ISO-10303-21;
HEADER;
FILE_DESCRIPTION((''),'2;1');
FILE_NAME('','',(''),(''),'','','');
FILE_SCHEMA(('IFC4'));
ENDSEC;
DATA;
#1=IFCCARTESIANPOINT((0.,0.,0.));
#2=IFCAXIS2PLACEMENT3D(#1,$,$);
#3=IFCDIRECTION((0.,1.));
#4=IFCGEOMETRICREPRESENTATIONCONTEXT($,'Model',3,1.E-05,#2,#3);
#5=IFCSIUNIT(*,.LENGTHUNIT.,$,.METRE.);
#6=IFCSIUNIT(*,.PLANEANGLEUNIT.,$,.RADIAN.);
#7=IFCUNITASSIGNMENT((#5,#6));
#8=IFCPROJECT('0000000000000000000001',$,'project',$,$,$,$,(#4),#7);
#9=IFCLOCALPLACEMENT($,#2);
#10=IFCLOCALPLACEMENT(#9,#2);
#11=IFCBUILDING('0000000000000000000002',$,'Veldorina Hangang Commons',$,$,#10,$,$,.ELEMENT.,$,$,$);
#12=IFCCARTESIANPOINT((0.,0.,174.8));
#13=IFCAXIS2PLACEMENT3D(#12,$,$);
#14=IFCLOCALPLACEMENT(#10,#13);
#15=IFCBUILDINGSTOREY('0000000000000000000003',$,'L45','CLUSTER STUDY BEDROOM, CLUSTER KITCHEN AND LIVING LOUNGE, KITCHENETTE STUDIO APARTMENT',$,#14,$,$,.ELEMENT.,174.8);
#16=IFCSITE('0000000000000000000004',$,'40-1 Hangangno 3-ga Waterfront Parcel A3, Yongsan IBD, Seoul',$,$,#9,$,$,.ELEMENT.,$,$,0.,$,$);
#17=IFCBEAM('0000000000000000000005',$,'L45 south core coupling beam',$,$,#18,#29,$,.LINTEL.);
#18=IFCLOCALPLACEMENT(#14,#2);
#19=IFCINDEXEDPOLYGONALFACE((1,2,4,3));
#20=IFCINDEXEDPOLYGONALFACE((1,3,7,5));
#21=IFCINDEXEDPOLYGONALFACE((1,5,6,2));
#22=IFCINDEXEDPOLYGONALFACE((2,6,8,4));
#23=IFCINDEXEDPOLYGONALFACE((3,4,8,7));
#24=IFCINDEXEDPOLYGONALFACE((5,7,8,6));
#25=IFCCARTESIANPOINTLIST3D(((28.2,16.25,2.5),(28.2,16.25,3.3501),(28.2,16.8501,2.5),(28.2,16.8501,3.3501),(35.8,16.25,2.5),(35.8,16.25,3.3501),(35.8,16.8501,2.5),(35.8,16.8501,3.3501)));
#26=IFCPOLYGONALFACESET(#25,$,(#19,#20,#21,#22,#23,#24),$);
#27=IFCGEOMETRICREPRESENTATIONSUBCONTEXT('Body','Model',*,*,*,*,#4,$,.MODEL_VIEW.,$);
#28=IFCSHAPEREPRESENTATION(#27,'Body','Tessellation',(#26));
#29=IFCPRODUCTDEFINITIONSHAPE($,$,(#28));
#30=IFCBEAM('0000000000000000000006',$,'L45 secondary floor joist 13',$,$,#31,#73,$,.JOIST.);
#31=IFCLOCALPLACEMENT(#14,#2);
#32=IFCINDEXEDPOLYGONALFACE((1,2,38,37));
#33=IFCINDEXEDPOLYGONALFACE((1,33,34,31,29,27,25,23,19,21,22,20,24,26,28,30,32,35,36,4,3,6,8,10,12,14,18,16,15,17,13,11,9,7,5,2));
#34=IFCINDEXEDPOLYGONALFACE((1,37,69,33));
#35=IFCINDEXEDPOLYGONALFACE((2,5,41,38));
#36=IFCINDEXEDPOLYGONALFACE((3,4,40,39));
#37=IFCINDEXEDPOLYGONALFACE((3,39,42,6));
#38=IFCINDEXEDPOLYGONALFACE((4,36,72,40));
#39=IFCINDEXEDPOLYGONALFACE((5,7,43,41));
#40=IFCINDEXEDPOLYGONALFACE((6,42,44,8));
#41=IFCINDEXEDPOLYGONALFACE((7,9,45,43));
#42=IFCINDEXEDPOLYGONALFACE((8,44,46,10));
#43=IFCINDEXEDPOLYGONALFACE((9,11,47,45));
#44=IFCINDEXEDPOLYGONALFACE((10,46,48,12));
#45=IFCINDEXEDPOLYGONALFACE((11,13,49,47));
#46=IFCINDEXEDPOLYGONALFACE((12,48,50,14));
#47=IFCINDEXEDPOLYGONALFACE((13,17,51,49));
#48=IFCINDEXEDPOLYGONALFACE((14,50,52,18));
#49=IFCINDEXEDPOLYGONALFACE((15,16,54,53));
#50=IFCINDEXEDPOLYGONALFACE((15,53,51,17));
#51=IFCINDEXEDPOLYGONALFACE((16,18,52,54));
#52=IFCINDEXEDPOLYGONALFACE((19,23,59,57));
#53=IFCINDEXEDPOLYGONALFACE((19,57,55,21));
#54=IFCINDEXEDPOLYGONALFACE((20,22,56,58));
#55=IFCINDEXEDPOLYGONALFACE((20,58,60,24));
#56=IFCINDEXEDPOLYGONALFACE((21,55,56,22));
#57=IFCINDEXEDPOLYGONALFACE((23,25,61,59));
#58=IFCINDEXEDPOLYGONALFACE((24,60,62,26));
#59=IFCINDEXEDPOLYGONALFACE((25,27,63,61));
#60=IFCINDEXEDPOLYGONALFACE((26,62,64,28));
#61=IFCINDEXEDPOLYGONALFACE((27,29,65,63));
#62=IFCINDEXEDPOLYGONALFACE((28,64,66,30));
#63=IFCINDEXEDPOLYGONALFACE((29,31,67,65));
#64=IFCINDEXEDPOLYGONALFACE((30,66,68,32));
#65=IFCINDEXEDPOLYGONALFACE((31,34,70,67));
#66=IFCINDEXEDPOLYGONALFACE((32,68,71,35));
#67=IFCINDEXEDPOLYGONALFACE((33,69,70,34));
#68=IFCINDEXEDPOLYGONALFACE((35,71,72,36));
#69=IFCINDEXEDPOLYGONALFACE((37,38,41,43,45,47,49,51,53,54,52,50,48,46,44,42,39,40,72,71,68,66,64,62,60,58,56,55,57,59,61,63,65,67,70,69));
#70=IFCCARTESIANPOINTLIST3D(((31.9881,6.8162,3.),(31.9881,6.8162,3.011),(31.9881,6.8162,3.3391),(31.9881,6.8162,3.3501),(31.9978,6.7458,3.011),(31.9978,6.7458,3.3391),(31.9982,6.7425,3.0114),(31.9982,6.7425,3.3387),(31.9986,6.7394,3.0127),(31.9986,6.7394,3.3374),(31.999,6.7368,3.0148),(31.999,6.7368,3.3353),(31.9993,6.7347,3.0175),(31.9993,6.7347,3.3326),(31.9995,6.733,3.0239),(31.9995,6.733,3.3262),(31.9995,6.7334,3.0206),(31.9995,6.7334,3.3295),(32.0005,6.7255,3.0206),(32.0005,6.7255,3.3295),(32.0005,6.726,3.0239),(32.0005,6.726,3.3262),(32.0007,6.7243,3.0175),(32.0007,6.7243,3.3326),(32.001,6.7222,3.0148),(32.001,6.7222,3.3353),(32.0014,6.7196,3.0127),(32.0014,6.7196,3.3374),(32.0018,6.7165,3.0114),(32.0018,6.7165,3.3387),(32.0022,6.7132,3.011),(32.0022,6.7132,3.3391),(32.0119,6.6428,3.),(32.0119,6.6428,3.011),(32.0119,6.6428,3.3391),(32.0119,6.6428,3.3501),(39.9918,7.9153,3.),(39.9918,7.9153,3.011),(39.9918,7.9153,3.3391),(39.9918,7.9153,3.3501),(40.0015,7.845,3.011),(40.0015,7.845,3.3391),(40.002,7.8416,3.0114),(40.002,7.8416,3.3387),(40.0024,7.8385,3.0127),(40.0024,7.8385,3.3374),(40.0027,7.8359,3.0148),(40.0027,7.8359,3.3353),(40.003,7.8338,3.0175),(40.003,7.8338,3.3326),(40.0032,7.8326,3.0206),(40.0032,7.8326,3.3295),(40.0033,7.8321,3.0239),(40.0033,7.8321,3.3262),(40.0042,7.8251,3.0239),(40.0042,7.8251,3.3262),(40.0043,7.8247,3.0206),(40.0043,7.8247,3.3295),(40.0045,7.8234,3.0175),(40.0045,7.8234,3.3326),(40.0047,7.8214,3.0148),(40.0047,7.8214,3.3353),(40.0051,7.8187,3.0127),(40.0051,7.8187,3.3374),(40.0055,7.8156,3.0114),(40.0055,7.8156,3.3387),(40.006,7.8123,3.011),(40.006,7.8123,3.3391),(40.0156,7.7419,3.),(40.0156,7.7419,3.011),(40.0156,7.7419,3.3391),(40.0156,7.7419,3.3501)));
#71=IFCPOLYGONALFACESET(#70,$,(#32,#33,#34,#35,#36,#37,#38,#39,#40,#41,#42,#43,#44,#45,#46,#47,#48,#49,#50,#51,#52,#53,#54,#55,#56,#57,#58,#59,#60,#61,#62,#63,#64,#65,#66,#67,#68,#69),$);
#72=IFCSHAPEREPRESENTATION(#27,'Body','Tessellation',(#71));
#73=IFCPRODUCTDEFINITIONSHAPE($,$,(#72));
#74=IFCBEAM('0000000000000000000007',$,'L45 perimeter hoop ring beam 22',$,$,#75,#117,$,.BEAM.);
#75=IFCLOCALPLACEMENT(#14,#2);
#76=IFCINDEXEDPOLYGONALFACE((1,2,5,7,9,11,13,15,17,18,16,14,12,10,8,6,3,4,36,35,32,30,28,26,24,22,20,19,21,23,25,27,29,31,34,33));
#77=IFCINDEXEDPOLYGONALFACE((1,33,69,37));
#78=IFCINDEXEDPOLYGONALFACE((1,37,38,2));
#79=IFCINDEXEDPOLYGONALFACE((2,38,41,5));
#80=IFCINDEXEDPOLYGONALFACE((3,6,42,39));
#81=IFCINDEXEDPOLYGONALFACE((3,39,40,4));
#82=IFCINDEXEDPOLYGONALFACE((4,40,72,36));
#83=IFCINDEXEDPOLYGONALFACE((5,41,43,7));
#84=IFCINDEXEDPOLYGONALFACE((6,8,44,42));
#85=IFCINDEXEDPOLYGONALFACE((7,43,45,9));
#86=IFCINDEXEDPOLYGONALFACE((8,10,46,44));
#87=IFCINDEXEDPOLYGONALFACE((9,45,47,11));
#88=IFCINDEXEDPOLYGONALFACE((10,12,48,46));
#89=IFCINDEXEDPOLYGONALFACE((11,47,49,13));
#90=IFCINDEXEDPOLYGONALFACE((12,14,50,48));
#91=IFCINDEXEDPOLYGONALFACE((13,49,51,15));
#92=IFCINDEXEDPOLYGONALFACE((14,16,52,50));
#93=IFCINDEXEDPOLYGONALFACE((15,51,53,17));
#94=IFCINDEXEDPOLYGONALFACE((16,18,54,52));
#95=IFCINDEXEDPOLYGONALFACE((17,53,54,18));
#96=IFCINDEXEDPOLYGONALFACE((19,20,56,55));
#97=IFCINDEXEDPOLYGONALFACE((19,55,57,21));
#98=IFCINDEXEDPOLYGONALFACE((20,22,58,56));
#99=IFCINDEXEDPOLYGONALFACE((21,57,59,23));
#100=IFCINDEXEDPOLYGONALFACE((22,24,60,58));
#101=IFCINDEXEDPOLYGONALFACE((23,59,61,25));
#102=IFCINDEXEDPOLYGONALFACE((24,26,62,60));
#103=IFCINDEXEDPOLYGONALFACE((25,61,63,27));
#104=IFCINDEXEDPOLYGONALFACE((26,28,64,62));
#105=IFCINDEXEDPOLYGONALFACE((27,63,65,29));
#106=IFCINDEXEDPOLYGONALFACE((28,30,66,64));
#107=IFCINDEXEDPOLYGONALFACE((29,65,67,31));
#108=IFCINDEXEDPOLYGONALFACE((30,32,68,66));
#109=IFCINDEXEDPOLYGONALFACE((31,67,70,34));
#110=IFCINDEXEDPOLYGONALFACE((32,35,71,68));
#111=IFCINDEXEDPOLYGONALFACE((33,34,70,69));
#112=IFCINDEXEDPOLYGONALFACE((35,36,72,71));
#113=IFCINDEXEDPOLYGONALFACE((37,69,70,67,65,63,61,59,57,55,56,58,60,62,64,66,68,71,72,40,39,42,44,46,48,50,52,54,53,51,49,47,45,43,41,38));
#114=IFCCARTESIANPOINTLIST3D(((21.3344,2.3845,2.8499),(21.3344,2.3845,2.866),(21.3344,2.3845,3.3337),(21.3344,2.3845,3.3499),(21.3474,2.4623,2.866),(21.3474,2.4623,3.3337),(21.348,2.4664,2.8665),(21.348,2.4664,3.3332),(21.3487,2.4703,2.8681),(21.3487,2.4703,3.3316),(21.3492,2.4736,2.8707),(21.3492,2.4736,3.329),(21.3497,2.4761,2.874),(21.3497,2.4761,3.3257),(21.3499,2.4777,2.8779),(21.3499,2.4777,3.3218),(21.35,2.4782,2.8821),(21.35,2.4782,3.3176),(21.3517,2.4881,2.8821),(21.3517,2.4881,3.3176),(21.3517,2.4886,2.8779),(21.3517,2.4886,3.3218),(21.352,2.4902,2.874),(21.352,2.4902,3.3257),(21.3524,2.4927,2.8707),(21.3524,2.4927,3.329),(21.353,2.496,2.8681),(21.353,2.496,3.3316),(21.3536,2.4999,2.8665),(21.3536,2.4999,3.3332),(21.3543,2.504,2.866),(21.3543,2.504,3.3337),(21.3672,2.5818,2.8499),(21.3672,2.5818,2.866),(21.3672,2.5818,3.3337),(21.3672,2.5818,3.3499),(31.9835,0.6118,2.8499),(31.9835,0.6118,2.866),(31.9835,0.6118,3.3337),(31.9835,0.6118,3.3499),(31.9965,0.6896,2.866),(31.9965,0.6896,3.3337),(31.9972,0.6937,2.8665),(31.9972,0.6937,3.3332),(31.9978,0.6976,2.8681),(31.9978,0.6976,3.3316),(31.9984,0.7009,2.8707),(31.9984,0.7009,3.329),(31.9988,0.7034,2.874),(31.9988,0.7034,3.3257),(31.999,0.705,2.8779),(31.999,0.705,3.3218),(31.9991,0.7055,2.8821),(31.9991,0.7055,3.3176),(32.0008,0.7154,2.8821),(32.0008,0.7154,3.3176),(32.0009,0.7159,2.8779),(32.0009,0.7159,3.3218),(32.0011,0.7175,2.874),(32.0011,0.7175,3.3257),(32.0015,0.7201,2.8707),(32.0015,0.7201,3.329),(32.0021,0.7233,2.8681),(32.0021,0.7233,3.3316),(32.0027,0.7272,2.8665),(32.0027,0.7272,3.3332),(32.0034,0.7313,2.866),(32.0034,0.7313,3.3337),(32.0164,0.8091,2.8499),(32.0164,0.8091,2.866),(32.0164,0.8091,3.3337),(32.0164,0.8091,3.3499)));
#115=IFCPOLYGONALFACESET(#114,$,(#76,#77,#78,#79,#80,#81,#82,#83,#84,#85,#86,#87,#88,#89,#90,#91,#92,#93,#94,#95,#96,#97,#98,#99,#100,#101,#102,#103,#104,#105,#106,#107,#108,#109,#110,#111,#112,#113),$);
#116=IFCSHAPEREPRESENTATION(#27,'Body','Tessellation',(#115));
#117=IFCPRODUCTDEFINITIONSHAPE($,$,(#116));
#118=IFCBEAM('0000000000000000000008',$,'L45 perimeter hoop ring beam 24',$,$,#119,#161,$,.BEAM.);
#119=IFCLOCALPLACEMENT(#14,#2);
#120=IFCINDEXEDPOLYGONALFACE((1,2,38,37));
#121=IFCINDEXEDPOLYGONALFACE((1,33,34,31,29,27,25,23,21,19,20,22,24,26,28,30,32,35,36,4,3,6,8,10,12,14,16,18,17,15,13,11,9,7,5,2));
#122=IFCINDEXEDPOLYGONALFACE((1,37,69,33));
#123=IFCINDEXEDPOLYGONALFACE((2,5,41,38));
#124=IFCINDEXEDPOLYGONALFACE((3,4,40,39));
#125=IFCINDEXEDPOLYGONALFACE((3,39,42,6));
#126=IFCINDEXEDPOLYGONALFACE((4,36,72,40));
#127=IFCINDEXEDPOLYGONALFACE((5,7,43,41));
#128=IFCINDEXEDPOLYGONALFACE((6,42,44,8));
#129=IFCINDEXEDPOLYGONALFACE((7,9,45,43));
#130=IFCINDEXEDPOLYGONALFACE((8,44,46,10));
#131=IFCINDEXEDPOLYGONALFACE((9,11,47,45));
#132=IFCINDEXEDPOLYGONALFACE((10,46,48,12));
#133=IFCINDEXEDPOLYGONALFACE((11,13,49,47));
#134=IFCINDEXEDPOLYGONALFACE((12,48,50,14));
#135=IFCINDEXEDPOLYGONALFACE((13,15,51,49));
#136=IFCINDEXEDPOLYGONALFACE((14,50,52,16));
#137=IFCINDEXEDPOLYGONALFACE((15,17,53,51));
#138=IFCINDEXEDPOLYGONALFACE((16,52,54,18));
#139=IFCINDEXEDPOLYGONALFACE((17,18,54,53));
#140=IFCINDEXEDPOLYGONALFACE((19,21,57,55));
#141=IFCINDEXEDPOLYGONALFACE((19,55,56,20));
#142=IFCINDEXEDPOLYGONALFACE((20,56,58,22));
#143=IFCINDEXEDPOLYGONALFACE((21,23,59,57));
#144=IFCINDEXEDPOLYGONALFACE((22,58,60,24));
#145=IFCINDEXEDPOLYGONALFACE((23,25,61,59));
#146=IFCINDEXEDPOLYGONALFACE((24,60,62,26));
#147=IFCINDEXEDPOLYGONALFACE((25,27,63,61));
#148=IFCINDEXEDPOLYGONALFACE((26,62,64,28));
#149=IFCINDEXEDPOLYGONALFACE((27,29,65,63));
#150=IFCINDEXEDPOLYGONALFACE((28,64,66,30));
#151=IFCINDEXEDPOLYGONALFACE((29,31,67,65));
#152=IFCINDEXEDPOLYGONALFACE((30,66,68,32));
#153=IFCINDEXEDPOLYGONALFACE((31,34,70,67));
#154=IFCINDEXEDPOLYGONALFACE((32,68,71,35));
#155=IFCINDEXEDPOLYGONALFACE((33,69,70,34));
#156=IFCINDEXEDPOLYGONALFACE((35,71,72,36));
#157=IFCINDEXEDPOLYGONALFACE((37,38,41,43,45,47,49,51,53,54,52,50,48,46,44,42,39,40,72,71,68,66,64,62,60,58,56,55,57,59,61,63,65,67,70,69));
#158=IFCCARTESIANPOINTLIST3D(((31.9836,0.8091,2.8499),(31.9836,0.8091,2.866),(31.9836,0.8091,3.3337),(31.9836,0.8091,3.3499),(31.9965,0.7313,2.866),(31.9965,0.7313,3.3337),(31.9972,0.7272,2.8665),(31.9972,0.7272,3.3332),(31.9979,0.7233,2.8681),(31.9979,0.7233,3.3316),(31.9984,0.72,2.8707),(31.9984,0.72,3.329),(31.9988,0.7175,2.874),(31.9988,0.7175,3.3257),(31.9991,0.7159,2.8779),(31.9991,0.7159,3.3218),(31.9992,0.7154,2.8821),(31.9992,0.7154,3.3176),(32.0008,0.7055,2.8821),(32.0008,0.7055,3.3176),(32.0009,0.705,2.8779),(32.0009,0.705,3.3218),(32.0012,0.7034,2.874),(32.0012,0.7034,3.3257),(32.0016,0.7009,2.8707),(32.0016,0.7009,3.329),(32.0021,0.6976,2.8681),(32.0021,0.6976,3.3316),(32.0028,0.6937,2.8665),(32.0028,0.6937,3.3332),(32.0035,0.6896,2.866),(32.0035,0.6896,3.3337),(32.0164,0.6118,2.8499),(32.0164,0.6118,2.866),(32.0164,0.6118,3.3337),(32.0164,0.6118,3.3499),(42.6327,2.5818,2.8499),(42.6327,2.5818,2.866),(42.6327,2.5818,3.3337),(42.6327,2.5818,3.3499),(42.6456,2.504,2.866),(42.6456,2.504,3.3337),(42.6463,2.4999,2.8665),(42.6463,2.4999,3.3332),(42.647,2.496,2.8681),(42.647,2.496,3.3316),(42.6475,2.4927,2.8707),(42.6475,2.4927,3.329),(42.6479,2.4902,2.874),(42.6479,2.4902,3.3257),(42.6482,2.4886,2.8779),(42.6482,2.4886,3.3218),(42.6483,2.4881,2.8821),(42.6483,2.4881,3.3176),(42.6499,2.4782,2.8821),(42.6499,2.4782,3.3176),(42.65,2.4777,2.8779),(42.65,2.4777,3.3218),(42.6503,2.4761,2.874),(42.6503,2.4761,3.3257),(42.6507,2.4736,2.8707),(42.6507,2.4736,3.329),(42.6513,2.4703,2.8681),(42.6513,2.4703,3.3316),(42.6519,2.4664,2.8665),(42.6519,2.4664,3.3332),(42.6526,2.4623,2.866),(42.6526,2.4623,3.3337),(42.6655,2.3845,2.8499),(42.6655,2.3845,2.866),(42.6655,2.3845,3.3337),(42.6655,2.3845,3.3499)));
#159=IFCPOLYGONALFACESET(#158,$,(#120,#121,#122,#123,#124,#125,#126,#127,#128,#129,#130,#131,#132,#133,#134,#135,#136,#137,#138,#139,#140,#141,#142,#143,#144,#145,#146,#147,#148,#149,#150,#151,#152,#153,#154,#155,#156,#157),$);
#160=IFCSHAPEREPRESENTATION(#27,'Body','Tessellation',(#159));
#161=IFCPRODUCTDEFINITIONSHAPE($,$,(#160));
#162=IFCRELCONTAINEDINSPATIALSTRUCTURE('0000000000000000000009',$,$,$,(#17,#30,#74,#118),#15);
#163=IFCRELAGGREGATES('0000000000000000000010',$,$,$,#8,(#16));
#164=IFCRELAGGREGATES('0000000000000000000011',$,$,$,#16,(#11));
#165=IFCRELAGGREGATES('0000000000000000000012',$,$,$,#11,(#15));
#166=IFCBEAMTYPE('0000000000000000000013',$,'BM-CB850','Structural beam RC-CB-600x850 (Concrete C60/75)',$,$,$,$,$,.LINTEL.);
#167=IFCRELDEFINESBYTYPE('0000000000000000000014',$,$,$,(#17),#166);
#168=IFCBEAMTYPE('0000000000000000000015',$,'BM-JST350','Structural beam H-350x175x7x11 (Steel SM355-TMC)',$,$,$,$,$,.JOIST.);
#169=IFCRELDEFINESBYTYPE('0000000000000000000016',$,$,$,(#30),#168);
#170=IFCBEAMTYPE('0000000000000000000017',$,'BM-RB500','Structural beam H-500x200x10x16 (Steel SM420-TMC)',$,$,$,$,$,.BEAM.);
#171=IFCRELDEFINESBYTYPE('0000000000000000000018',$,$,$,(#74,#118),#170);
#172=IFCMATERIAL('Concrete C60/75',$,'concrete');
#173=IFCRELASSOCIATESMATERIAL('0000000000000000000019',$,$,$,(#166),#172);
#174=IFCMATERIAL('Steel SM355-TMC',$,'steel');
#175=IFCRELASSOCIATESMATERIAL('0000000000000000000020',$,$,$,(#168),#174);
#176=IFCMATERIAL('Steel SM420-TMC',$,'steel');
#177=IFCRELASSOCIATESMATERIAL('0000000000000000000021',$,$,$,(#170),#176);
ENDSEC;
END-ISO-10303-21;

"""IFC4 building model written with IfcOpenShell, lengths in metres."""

from ifc_helpers import new_model, si_unit, direction, frame, origin, origin_2d, place, context, subcontext, project, spatial, rectangle, i_section, extrude, material, material_profile, profile_set, type_object, element, save


model = new_model("IFC4")

# Units and contexts
model_context = context("Model", 3, precision=1e-05, world=origin(), true_north=direction((0.0, 1.0)))
body_context = subcontext(model_context, "Body", "Model", "MODEL_VIEW")
ifc_project = project(units=[si_unit("LENGTHUNIT", "METRE"), si_unit("PLANEANGLEUNIT", "RADIAN")], contexts=[model_context])

# Site, building, storey
site_placement = place(None, origin())
site = spatial("IfcSite", under=ifc_project, at=site_placement, Name="40-1 Hangangno 3-ga Waterfront Parcel A3, Yongsan IBD, Seoul", CompositionType="ELEMENT", RefElevation=0.0)
building_placement = place(site_placement, origin())
building = spatial("IfcBuilding", under=site, at=building_placement, Name="Veldorina Hangang Commons", CompositionType="ELEMENT")
storey_placement = place(building_placement, frame((0.0, 0.0, 174.8)))
storey = spatial("IfcBuildingStorey", under=building, at=storey_placement, Name="L45", Description="CLUSTER STUDY BEDROOM, CLUSTER KITCHEN AND LIVING LOUNGE, KITCHENETTE STUDIO APARTMENT", CompositionType="ELEMENT", Elevation=174.8)

# Beams
ifc_material_1 = material(Name="Concrete C60/75", Category="concrete")
ifc_material_profile_1 = material_profile(ifc_material_1, rectangle(XDim=0.6001, YDim=0.8501, at=origin_2d()), Name="RC-CB-600x850")
ifc_profile_set_1 = profile_set([ifc_material_profile_1], Name="Concrete C60/75")
beam_type_1 = type_object("IfcBeamType", Name="BM-CB850", Description="Structural beam RC-CB-600x850 (Concrete C60/75)", PredefinedType="LINTEL", material=ifc_profile_set_1)
beam_1_placement = place(storey_placement, frame((28.2, 16.55, 2.925), z_axis=(1.0, 0.0, 0.0), x_axis=(0.0, 1.0, 0.0)))
element("IfcBeam", 1, at=beam_1_placement, inside=storey, type_object=beam_type_1, Name="L45 south core coupling beam", PredefinedType="LINTEL", context=body_context, shape_type="SweptSolid", body=[
    extrude(rectangle(XDim=0.6001, YDim=0.8501, at=origin_2d()), origin(), (0.0, 0.0, 1.0), 7.6001),
])
ifc_material_2 = material(Name="Steel SM355-TMC", Category="steel")
ifc_material_profile_2 = material_profile(ifc_material_2, i_section(OverallWidth=0.175, OverallDepth=0.3501, WebThickness=0.0071, FlangeThickness=0.011, FilletRadius=0.0129, at=origin_2d()), Name="H-350x175x7x11")
ifc_profile_set_2 = profile_set([ifc_material_profile_2], Name="Steel SM355-TMC")
beam_type_2 = type_object("IfcBeamType", Name="BM-JST350", Description="Structural beam H-350x175x7x11 (Steel SM355-TMC)", PredefinedType="JOIST", material=ifc_profile_set_2)
beam_2_placement = place(storey_placement, frame((32.0, 6.7295, 3.175), z_axis=(0.990702, 0.13605, 0.0), x_axis=(-0.13605, 0.990702, 0.0)))
element("IfcBeam", 2, at=beam_2_placement, inside=storey, type_object=beam_type_2, Name="L45 secondary floor joist 13", PredefinedType="JOIST", context=body_context, shape_type="SweptSolid", body=[
    extrude(i_section(OverallWidth=0.175, OverallDepth=0.3501, WebThickness=0.0071, FlangeThickness=0.011, FilletRadius=0.0129, at=origin_2d()), origin(), (0.0, 0.0, 1.0), 8.0789),
])
ifc_material_3 = material(Name="Steel SM420-TMC", Category="steel")
ifc_material_profile_3 = material_profile(ifc_material_3, i_section(OverallWidth=0.2, OverallDepth=0.5, WebThickness=0.01, FlangeThickness=0.0161, FilletRadius=0.0161, at=origin_2d()), Name="H-500x200x10x16")
ifc_profile_set_3 = profile_set([ifc_material_profile_3], Name="Steel SM420-TMC")
beam_type_3 = type_object("IfcBeamType", Name="BM-RB500", Description="Structural beam H-500x200x10x16 (Steel SM420-TMC)", PredefinedType="BEAM", material=ifc_profile_set_3)
for number, where, z_axis, x_axis, name in (
    (3, (21.3508, 2.4832, 3.0999), (0.986426, -0.164205, 0.0), (0.164205, 0.986426, 0.0), "L45 perimeter hoop ring beam 22"),
    (4, (32.0, 0.7104, 3.0999), (0.986426, 0.164205, 0.0), (-0.164205, 0.986426, 0.0), "L45 perimeter hoop ring beam 24"),
):
    element("IfcBeam", number, at=place(storey_placement, frame(where, z_axis=z_axis, x_axis=x_axis)), inside=storey, type_object=beam_type_3, Name=name, PredefinedType="BEAM", context=body_context, shape_type="SweptSolid", body=[
        extrude(i_section(OverallWidth=0.2, OverallDepth=0.5, WebThickness=0.01, FlangeThickness=0.0161, FilletRadius=0.0161, at=origin_2d()), origin(), (0.0, 0.0, 1.0), 10.7957),
    ])

save(model, "model.ifc")
